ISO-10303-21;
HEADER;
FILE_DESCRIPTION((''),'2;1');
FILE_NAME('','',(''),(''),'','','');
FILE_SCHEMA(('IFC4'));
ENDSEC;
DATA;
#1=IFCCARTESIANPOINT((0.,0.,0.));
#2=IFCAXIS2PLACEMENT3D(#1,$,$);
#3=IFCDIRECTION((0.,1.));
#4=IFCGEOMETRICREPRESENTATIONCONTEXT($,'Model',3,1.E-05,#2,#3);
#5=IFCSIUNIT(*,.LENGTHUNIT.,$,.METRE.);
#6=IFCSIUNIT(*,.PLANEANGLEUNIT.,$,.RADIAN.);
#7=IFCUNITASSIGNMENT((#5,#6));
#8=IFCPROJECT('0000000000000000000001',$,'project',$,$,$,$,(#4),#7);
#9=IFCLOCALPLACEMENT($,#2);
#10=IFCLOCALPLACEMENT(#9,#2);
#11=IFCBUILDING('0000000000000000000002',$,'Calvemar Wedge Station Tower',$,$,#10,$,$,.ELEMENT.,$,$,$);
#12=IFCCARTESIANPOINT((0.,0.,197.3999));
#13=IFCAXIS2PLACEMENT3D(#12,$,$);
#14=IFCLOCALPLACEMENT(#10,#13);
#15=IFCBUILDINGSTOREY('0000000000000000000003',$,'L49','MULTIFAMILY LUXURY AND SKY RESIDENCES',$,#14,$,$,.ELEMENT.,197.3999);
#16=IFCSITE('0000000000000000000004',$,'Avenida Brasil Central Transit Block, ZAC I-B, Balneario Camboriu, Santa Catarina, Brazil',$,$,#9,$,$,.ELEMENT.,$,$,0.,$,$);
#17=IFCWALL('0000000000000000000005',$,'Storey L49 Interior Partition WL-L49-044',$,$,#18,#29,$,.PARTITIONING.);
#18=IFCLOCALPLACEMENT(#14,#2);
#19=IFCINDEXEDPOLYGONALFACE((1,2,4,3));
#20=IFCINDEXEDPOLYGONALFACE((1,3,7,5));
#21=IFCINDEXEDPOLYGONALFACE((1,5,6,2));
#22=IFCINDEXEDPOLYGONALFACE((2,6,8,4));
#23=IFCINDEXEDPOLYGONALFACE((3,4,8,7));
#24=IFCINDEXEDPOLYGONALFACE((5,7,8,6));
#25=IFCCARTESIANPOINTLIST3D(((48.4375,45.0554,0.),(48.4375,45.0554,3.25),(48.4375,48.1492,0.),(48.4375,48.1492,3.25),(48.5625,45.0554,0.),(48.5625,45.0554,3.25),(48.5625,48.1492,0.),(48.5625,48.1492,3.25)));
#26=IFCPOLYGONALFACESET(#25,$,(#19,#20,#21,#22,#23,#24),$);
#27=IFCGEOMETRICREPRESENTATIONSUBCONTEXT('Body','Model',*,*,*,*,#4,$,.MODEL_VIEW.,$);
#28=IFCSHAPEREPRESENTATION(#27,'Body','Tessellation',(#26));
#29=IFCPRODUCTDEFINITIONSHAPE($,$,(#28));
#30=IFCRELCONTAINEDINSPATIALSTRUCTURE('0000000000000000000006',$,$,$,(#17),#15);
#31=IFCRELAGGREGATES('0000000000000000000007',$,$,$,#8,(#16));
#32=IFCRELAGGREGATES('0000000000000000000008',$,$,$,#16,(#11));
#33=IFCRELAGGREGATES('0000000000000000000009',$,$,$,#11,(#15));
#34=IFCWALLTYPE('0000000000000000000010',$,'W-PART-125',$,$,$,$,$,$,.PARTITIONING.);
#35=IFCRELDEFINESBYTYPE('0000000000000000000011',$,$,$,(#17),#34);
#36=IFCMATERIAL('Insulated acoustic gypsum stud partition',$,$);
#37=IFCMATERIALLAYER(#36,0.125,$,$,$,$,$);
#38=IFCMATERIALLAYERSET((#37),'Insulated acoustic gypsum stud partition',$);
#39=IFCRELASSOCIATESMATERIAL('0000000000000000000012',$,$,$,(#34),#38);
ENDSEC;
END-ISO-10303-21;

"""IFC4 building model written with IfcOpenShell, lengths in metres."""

from ifc_helpers import new_model, si_unit, direction, frame, frame_2d, origin, place, context, subcontext, project, spatial, rectangle, extrude, material, layer, layer_set, type_object, element, save


model = new_model("IFC4")

# Units and contexts
model_context = context("Model", 3, precision=1e-05, world=origin(), true_north=direction((0.0, 1.0)))
body_context = subcontext(model_context, "Body", "Model", "MODEL_VIEW")
ifc_project = project(units=[si_unit("LENGTHUNIT", "METRE"), si_unit("PLANEANGLEUNIT", "RADIAN")], contexts=[model_context])

# Site, building, storey
site_placement = place(None, origin())
site = spatial("IfcSite", under=ifc_project, at=site_placement, Name="Avenida Brasil Central Transit Block, ZAC I-B, Balneario Camboriu, Santa Catarina, Brazil", CompositionType="ELEMENT", RefElevation=0.0)
building_placement = place(site_placement, origin())
building = spatial("IfcBuilding", under=site, at=building_placement, Name="Calvemar Wedge Station Tower", CompositionType="ELEMENT")
storey_placement = place(building_placement, frame((0.0, 0.0, 197.3999)))
storey = spatial("IfcBuildingStorey", under=building, at=storey_placement, Name="L49", Description="MULTIFAMILY LUXURY AND SKY RESIDENCES", CompositionType="ELEMENT", Elevation=197.3999)

# Wall
ifc_material_1 = material(Name="Insulated acoustic gypsum stud partition")
ifc_layer_1 = layer(ifc_material_1, 0.125)
ifc_layer_set_1 = layer_set([ifc_layer_1], Name="Insulated acoustic gypsum stud partition")
wall_type_1 = type_object("IfcWallType", Name="W-PART-125", PredefinedType="PARTITIONING", material=ifc_layer_set_1)
wall_1_placement = place(storey_placement, frame((48.5, 48.1492, 0.0), z_axis=(0.0, 0.0, 1.0), x_axis=(0.0, -1.0, 0.0)))
element("IfcWall", 1, at=wall_1_placement, inside=storey, type_object=wall_type_1, Name="Storey L49 Interior Partition WL-L49-044", PredefinedType="PARTITIONING", context=body_context, shape_type="SweptSolid", body=[
    extrude(rectangle(XDim=3.0938, YDim=0.125, at=frame_2d((1.5469, 0.0))), origin(), (0.0, 0.0, 1.0), 3.25),
])

save(model, "model.ifc")
